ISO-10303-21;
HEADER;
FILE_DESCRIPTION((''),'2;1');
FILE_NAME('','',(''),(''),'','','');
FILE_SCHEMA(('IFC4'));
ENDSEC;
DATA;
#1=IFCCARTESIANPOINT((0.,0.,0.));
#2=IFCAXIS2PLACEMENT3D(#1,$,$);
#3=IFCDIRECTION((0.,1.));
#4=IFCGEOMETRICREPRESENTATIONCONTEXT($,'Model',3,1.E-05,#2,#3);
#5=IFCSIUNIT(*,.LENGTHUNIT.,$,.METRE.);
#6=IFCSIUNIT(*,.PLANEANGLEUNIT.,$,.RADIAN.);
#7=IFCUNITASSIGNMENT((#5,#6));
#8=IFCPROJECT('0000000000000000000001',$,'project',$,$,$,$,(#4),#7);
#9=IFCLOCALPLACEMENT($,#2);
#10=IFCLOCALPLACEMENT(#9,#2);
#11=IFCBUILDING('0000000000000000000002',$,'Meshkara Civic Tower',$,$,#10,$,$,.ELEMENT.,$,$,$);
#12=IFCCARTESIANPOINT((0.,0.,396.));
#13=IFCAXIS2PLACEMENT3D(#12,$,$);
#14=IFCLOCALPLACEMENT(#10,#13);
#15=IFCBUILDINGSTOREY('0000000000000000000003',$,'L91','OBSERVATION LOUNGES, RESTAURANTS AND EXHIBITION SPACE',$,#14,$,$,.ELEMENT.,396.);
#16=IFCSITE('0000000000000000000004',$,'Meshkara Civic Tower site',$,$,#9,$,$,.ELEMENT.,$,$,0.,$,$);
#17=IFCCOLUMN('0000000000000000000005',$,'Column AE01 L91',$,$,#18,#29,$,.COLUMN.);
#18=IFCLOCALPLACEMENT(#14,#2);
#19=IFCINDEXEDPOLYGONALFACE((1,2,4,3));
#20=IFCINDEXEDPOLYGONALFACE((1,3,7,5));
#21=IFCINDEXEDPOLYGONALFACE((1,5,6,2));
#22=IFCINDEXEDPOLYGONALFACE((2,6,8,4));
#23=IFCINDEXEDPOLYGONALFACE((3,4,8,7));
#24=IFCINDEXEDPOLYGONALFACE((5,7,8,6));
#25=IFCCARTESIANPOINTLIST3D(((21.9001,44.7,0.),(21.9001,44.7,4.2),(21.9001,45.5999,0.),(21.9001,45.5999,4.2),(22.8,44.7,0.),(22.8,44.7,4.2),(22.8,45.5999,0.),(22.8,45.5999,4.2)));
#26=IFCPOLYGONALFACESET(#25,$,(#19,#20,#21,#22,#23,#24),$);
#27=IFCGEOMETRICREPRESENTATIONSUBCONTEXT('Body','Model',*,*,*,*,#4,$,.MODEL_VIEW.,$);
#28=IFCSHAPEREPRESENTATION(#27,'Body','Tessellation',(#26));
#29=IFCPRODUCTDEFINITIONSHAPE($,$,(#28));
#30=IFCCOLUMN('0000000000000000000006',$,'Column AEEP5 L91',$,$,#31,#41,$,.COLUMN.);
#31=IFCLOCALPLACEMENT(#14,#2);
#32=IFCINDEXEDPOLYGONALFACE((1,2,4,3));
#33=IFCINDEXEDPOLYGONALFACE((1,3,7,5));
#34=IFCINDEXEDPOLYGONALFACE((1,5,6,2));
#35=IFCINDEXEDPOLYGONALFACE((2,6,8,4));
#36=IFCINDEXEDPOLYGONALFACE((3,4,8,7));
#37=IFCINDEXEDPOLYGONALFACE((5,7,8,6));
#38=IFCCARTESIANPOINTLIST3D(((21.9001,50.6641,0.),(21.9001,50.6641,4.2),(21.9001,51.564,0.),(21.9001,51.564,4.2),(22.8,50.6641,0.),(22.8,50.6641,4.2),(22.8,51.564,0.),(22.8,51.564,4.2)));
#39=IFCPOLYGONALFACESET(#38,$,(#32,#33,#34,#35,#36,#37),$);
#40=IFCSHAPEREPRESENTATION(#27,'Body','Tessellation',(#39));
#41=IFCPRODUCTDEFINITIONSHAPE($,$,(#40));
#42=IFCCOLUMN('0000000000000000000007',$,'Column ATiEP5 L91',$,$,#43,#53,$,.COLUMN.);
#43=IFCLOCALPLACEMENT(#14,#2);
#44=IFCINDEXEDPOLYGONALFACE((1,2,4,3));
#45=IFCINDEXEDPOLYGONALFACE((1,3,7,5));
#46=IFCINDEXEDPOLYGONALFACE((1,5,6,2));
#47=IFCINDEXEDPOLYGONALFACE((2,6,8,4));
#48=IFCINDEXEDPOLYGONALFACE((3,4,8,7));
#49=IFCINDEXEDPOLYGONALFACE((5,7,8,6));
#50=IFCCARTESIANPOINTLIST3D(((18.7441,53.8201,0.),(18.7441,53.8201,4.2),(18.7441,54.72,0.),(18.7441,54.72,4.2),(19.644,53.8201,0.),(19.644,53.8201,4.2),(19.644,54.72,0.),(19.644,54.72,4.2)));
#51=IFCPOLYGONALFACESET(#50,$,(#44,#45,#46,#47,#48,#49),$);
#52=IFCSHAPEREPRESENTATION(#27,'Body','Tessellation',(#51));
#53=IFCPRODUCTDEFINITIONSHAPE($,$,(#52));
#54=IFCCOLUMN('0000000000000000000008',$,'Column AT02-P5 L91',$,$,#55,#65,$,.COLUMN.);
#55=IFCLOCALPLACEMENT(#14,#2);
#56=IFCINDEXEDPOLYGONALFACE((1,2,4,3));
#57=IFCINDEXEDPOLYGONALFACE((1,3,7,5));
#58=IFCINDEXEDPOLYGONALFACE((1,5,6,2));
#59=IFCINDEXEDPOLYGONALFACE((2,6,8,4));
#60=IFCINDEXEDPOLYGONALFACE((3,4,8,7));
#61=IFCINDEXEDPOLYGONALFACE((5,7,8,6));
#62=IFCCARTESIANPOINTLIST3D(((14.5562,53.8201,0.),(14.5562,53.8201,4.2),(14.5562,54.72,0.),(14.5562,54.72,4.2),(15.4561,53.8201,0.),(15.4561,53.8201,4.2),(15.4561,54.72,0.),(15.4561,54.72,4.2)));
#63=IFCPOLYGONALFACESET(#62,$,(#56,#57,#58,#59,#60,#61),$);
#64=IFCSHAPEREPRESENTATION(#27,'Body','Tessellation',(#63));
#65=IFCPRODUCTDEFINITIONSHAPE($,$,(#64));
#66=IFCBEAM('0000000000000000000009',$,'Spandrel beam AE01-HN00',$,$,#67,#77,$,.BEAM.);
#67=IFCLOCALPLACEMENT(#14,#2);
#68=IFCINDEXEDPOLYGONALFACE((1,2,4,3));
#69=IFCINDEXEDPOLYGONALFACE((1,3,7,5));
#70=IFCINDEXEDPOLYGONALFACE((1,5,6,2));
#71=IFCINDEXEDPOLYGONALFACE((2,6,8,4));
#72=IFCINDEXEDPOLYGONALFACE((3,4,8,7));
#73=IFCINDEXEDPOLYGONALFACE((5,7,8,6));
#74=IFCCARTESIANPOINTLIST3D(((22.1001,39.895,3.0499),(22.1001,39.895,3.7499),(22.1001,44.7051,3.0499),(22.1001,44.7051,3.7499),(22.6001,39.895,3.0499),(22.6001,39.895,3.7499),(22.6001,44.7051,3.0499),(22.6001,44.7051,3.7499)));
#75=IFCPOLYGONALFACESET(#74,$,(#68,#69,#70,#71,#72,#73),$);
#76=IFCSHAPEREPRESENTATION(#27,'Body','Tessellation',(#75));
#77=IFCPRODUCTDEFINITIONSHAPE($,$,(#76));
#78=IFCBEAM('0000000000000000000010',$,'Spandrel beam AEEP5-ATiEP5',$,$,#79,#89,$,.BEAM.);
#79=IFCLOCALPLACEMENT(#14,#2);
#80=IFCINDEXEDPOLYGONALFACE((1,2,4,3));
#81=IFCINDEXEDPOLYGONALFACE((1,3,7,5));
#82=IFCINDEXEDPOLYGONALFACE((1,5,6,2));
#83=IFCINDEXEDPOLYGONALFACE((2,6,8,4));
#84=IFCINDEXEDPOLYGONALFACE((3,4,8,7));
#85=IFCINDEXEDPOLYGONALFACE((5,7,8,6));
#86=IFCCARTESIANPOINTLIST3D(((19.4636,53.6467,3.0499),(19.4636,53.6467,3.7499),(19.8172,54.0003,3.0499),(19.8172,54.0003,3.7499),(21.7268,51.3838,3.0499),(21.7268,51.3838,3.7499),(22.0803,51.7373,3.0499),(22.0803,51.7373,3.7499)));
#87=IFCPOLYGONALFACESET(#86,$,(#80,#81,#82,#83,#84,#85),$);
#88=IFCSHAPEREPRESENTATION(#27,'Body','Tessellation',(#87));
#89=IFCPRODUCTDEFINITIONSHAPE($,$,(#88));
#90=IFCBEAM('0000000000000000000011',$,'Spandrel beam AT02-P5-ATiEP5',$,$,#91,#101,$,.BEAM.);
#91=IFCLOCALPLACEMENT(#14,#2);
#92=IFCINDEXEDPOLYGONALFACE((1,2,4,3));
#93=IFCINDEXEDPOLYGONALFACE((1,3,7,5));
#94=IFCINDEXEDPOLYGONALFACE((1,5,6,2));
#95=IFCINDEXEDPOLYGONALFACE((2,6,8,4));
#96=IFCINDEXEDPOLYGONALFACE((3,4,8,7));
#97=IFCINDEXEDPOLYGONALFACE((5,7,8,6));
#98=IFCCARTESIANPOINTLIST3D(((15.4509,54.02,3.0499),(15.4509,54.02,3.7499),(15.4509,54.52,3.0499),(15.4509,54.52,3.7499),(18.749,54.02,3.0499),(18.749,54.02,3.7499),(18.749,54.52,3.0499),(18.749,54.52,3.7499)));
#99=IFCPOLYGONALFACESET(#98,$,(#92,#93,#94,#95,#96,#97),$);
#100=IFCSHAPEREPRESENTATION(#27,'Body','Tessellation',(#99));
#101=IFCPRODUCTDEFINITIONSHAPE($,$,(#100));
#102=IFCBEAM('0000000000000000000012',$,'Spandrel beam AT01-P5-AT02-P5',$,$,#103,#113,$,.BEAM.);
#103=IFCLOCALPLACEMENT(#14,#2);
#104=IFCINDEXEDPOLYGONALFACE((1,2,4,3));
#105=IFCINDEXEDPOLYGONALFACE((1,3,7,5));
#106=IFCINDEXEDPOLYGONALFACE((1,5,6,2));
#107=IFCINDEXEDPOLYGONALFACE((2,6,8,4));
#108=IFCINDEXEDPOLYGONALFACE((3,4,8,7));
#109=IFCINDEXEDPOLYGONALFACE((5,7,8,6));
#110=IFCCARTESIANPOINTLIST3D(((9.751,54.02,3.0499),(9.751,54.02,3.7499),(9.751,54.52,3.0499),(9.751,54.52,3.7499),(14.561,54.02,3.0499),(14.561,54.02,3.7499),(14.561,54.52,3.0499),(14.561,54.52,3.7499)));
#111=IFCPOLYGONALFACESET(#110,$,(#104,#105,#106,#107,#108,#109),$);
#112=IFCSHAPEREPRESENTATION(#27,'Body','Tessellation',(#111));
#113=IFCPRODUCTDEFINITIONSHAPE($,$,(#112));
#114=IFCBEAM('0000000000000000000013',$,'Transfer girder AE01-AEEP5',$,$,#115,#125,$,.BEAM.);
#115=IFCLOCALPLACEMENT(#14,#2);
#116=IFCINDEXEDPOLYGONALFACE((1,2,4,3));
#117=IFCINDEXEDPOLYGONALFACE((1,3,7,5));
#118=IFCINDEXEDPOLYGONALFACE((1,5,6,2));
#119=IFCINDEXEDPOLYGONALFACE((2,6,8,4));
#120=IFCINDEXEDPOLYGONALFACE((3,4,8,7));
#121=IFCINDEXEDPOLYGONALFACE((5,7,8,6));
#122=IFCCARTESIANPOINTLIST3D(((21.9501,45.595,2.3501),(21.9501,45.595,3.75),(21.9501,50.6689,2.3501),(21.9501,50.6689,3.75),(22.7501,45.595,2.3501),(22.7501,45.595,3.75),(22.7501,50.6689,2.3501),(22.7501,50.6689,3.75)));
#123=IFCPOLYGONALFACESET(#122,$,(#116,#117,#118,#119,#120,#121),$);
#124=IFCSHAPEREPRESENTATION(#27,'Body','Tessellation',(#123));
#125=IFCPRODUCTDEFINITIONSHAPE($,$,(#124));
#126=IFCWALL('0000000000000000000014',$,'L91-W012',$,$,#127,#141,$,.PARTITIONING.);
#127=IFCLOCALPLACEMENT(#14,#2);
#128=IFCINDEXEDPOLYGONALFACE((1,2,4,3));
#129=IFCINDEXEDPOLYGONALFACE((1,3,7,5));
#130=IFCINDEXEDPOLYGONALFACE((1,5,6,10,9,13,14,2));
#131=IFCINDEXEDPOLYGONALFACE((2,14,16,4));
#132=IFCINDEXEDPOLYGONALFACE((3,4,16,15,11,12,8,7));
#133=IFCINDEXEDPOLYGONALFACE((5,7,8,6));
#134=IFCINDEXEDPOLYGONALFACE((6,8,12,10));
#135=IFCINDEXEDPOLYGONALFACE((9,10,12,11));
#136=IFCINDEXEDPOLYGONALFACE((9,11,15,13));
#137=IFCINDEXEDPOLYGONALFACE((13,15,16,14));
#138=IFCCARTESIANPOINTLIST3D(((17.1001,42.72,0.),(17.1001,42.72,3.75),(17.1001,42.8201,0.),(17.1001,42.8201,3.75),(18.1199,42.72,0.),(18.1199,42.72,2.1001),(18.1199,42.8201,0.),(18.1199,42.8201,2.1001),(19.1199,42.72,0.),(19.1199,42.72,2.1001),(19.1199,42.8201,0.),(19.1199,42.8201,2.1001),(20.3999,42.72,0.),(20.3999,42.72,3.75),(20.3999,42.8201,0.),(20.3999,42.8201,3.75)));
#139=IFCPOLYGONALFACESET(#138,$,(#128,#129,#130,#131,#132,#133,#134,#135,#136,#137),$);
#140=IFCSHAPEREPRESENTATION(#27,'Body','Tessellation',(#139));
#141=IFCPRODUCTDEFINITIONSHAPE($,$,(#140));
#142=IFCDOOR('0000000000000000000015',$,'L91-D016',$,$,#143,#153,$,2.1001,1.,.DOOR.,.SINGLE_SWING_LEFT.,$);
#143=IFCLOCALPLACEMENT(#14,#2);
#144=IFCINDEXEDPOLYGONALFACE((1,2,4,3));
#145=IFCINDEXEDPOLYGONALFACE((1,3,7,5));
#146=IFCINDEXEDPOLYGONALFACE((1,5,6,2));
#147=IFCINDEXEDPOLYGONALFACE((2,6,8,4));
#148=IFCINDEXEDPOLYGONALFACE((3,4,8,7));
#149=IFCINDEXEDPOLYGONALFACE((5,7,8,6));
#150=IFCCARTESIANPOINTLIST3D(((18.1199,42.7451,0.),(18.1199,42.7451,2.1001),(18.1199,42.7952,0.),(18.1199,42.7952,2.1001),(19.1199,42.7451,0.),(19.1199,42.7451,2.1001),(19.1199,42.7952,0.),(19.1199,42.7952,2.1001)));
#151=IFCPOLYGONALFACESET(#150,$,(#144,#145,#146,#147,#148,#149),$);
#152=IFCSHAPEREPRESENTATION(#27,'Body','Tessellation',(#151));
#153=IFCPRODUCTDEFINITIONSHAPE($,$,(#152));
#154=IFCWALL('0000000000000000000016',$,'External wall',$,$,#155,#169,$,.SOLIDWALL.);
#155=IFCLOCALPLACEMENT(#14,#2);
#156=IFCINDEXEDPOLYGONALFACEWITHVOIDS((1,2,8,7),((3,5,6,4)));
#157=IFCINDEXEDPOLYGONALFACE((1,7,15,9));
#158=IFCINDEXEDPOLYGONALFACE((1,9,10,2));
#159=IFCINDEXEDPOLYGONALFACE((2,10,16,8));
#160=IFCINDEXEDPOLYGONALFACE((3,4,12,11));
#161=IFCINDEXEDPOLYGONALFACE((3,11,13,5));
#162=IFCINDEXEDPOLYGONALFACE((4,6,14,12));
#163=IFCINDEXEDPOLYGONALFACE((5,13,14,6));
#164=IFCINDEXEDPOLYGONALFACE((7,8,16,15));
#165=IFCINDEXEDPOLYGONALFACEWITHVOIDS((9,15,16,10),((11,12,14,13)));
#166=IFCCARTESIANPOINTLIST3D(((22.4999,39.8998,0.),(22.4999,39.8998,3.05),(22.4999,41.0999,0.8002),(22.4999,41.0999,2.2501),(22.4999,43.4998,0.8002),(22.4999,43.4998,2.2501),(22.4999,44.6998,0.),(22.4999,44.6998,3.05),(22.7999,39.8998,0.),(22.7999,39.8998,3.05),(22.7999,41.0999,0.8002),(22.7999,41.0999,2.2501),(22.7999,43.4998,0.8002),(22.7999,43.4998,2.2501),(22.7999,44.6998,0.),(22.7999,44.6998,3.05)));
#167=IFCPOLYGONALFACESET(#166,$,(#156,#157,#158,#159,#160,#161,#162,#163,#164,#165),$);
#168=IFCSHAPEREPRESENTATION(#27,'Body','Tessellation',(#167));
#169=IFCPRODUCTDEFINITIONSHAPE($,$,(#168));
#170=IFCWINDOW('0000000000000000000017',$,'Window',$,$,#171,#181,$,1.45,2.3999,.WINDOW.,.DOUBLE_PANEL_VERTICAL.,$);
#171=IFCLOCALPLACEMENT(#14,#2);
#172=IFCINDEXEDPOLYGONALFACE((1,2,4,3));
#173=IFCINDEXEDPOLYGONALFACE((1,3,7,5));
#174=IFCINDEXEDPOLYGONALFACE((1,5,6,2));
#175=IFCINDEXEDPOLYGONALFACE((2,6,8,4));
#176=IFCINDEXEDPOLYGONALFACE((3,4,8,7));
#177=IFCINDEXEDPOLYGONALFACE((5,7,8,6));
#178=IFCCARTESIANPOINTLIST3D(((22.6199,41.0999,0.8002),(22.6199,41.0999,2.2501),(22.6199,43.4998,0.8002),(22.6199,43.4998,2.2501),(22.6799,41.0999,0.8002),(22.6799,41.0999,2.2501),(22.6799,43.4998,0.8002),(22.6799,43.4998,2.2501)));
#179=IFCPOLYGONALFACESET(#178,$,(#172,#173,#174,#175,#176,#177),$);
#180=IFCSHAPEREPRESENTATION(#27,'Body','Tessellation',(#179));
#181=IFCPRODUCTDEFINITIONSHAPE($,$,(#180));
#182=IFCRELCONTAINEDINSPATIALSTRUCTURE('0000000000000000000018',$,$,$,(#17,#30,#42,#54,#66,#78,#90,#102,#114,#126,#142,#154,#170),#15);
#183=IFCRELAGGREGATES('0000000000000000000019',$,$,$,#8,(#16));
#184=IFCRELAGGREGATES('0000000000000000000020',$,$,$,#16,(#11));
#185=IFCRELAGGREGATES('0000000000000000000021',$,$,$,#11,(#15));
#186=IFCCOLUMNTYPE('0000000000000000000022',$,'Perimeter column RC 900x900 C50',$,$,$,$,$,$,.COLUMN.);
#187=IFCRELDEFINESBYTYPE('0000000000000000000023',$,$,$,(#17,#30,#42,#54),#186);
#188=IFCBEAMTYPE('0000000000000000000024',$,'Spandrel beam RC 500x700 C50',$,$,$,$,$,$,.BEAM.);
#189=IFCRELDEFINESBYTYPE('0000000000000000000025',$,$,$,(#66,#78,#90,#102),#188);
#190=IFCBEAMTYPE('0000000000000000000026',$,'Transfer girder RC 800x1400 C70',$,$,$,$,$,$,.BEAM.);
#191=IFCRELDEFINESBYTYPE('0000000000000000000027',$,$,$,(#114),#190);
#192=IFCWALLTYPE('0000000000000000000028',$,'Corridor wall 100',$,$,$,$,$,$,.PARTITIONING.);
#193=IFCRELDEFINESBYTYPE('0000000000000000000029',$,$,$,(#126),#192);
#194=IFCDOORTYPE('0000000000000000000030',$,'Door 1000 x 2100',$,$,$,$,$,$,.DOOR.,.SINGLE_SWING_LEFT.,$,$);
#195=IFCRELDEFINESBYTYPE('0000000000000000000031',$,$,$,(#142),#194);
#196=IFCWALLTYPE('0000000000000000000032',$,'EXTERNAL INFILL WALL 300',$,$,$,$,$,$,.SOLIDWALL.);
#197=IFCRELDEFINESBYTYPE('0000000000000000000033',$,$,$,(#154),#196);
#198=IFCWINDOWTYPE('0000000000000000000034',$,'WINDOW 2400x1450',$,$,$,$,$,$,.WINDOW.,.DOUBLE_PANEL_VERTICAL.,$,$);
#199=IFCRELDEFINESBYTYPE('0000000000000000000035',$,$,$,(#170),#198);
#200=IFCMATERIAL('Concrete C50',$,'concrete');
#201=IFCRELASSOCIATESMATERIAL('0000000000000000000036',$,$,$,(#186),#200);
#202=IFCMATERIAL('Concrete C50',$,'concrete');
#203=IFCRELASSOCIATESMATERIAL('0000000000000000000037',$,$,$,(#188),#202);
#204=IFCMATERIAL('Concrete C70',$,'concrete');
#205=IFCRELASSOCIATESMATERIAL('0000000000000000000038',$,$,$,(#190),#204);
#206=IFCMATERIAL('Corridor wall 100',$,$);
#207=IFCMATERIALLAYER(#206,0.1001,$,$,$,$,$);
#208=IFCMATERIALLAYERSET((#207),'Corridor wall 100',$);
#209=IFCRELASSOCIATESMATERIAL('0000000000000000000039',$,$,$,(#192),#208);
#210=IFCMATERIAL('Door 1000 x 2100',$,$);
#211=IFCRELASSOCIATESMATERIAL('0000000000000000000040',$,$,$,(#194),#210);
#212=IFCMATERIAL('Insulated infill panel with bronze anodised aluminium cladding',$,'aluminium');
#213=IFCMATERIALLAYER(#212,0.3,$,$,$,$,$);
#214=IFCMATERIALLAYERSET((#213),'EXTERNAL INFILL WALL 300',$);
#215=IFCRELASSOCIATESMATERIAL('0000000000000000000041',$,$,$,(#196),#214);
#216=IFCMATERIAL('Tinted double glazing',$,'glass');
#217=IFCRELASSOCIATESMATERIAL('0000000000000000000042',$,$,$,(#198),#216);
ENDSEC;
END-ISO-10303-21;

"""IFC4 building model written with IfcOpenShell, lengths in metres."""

from ifc_helpers import new_model, si_unit, direction, frame, frame_2d, origin, origin_2d, place, context, subcontext, project, spatial, rectangle, extrude, material, layer, layer_set, material_profile, profile_set, type_object, element, fill, save


model = new_model("IFC4")

# Units and contexts
model_context = context("Model", 3, precision=1e-05, world=origin(), true_north=direction((0.0, 1.0)))
body_context = subcontext(model_context, "Body", "Model", "MODEL_VIEW")
ifc_project = project(units=[si_unit("LENGTHUNIT", "METRE"), si_unit("PLANEANGLEUNIT", "RADIAN")], contexts=[model_context])

# Site, building, storey
site_placement = place(None, origin())
site = spatial("IfcSite", under=ifc_project, at=site_placement, Name="Meshkara Civic Tower site", CompositionType="ELEMENT", RefElevation=0.0)
building_placement = place(site_placement, origin())
building = spatial("IfcBuilding", under=site, at=building_placement, Name="Meshkara Civic Tower", CompositionType="ELEMENT")
storey_placement = place(building_placement, frame((0.0, 0.0, 396.0)))
storey = spatial("IfcBuildingStorey", under=building, at=storey_placement, Name="L91", Description="OBSERVATION LOUNGES, RESTAURANTS AND EXHIBITION SPACE", CompositionType="ELEMENT", Elevation=396.0)

# Columns
ifc_material_1 = material(Name="Concrete C50", Category="concrete")
ifc_material_profile_1 = material_profile(ifc_material_1, rectangle(XDim=0.8999, YDim=0.8999, at=origin_2d()))
ifc_profile_set_1 = profile_set([ifc_material_profile_1], Name="Concrete C50")
column_type = type_object("IfcColumnType", Name="Perimeter column RC 900x900 C50", PredefinedType="COLUMN", material=ifc_profile_set_1)
for number, where, z_axis, x_axis, name in (
    (1, (22.3501, 45.1499, 0.0), (0.0, 0.0, 1.0), (1.0, 0.0, 0.0), "Column AE01 L91"),
    (2, (22.3501, 51.114, 0.0), (0.0, 0.0, 1.0), (1.0, 0.0, 0.0), "Column AEEP5 L91"),
    (3, (19.1941, 54.27, 0.0), (0.0, 0.0, 1.0), (1.0, 0.0, 0.0), "Column ATiEP5 L91"),
    (4, (15.0061, 54.27, 0.0), (0.0, 0.0, 1.0), (1.0, 0.0, 0.0), "Column AT02-P5 L91"),
):
    element("IfcColumn", number, at=place(storey_placement, frame(where, z_axis=z_axis, x_axis=x_axis)), inside=storey, type_object=column_type, Name=name, PredefinedType="COLUMN", context=body_context, shape_type="SweptSolid", body=[
        extrude(rectangle(XDim=0.8999, YDim=0.8999, at=origin_2d()), origin(), (0.0, 0.0, 1.0), 4.2),
    ])

# Beams
ifc_material_2 = material(Name="Concrete C50", Category="concrete")
ifc_material_profile_2 = material_profile(ifc_material_2, rectangle(XDim=0.5, YDim=0.7, at=origin_2d()))
ifc_profile_set_2 = profile_set([ifc_material_profile_2], Name="Concrete C50")
beam_type_1 = type_object("IfcBeamType", Name="Spandrel beam RC 500x700 C50", PredefinedType="BEAM", material=ifc_profile_set_2)
beam_1_placement = place(storey_placement, frame((22.3501, 39.895, 3.3999), z_axis=(0.0, 1.0, 0.0), x_axis=(-1.0, 0.0, 0.0)))
element("IfcBeam", 5, at=beam_1_placement, inside=storey, type_object=beam_type_1, Name="Spandrel beam AE01-HN00", PredefinedType="BEAM", context=body_context, shape_type="SweptSolid", body=[
    extrude(rectangle(XDim=0.5, YDim=0.7, at=origin_2d()), origin(), (0.0, 0.0, 1.0), 4.8101),
])
beam_2_placement = place(storey_placement, frame((21.9036, 51.5605, 3.3999), z_axis=(-0.707145, 0.707069, 0.0), x_axis=(-0.707069, -0.707145, 0.0)))
element("IfcBeam", 6, at=beam_2_placement, inside=storey, type_object=beam_type_1, Name="Spandrel beam AEEP5-ATiEP5", PredefinedType="BEAM", context=body_context, shape_type="SweptSolid", body=[
    extrude(rectangle(XDim=0.5, YDim=0.7, at=origin_2d()), origin(), (0.0, 0.0, 1.0), 3.2004),
])
beam_3_placement = place(storey_placement, frame((18.749, 54.27, 3.3999), z_axis=(-1.0, 0.0, 0.0), x_axis=(0.0, -1.0, 0.0)))
element("IfcBeam", 7, at=beam_3_placement, inside=storey, type_object=beam_type_1, Name="Spandrel beam AT02-P5-ATiEP5", PredefinedType="BEAM", context=body_context, shape_type="SweptSolid", body=[
    extrude(rectangle(XDim=0.5, YDim=0.7, at=origin_2d()), origin(), (0.0, 0.0, 1.0), 3.2981),
])
beam_4_placement = place(storey_placement, frame((14.561, 54.27, 3.3999), z_axis=(-1.0, 0.0, 0.0), x_axis=(0.0, -1.0, 0.0)))
element("IfcBeam", 8, at=beam_4_placement, inside=storey, type_object=beam_type_1, Name="Spandrel beam AT01-P5-AT02-P5", PredefinedType="BEAM", context=body_context, shape_type="SweptSolid", body=[
    extrude(rectangle(XDim=0.5, YDim=0.7, at=origin_2d()), origin(), (0.0, 0.0, 1.0), 4.8101),
])
ifc_material_3 = material(Name="Concrete C70", Category="concrete")
ifc_material_profile_3 = material_profile(ifc_material_3, rectangle(XDim=0.8, YDim=1.3999, at=origin_2d()))
ifc_profile_set_3 = profile_set([ifc_material_profile_3], Name="Concrete C70")
beam_type_2 = type_object("IfcBeamType", Name="Transfer girder RC 800x1400 C70", PredefinedType="BEAM", material=ifc_profile_set_3)
beam_5_placement = place(storey_placement, frame((22.3501, 45.595, 3.05), z_axis=(0.0, 1.0, 0.0), x_axis=(-1.0, 0.0, 0.0)))
element("IfcBeam", 9, at=beam_5_placement, inside=storey, type_object=beam_type_2, Name="Transfer girder AE01-AEEP5", PredefinedType="BEAM", context=body_context, shape_type="SweptSolid", body=[
    extrude(rectangle(XDim=0.8, YDim=1.3999, at=origin_2d()), origin(), (0.0, 0.0, 1.0), 5.074),
])

# Wall, opening, door
ifc_material_4 = material(Name="Corridor wall 100")
ifc_layer_1 = layer(ifc_material_4, 0.1001)
ifc_layer_set_1 = layer_set([ifc_layer_1], Name="Corridor wall 100")
wall_type_1 = type_object("IfcWallType", Name="Corridor wall 100", PredefinedType="PARTITIONING", material=ifc_layer_set_1)
wall_1_placement = place(storey_placement, frame((20.3999, 42.77, 0.0), z_axis=(0.0, 0.0, 1.0), x_axis=(-1.0, 0.0, 0.0)))
wall_1 = element("IfcWall", 10, at=wall_1_placement, inside=storey, type_object=wall_type_1, Name="L91-W012", PredefinedType="PARTITIONING", context=body_context, shape_type="SweptSolid", body=[
    extrude(rectangle(XDim=3.2998, YDim=0.1001, at=frame_2d((1.6499, 0.0))), origin(), (0.0, 0.0, 1.0), 3.75),
])
opening_1_placement = place(wall_1_placement, frame((1.28, 0.0, 0.0)))
opening_1 = element("IfcOpeningElement", 11, at=opening_1_placement, cuts=wall_1, PredefinedType="OPENING", context=body_context, shape_type="SweptSolid", body=[
    extrude(rectangle(XDim=1.0, YDim=2.1001, at=frame_2d((0.5, 1.05))), frame((0.0, 0.0601, 0.0), z_axis=(0.0, -1.0, 0.0), x_axis=(1.0, 0.0, 0.0)), (0.0, 0.0, 1.0), 0.1201),
])
ifc_material_5 = material(Name="Door 1000 x 2100")
door_type = type_object("IfcDoorType", Name="Door 1000 x 2100", OperationType="SINGLE_SWING_LEFT", PredefinedType="DOOR", material=ifc_material_5)
door_placement = place(opening_1_placement, origin())
door = element("IfcDoor", 12, at=door_placement, inside=storey, type_object=door_type, Name="L91-D016", OperationType="SINGLE_SWING_LEFT", OverallHeight=2.1001, OverallWidth=1.0, PredefinedType="DOOR", context=body_context, shape_type="SweptSolid", body=[
    extrude(rectangle(XDim=1.0, YDim=2.1001, at=frame_2d((0.5, 1.05))), frame((0.0, 0.0249, 0.0), z_axis=(0.0, -1.0, 0.0), x_axis=(1.0, 0.0, 0.0)), (0.0, 0.0, 1.0), 0.05),
])
fill(opening_1, door)

# Wall, opening, window
ifc_material_6 = material(Name="Insulated infill panel with bronze anodised aluminium cladding", Category="aluminium")
ifc_layer_2 = layer(ifc_material_6, 0.3)
ifc_layer_set_2 = layer_set([ifc_layer_2], Name="EXTERNAL INFILL WALL 300")
wall_type_2 = type_object("IfcWallType", Name="EXTERNAL INFILL WALL 300", PredefinedType="SOLIDWALL", material=ifc_layer_set_2)
wall_2_placement = place(storey_placement, frame((22.6499, 39.8999, 0.0), z_axis=(0.0, 0.0, 1.0), x_axis=(0.0, 1.0, 0.0)))
wall_2 = element("IfcWall", 13, at=wall_2_placement, inside=storey, type_object=wall_type_2, Name="External wall", PredefinedType="SOLIDWALL", context=body_context, shape_type="SweptSolid", body=[
    extrude(rectangle(XDim=4.8, YDim=0.3, at=frame_2d((2.3999, 0.0))), origin(), (0.0, 0.0, 1.0), 3.05),
])
opening_2_placement = place(wall_2_placement, frame((1.2, 0.0, 0.8)))
opening_2 = element("IfcOpeningElement", 14, at=opening_2_placement, cuts=wall_2, PredefinedType="OPENING", context=body_context, shape_type="SweptSolid", body=[
    extrude(rectangle(XDim=2.3999, YDim=1.45, at=frame_2d((1.2, 0.7251))), frame((0.0, 0.1599, 0.0), z_axis=(0.0, -1.0, 0.0), x_axis=(1.0, 0.0, 0.0)), (0.0, 0.0, 1.0), 0.3201),
])
ifc_material_7 = material(Name="Tinted double glazing", Category="glass")
window_type = type_object("IfcWindowType", Name="WINDOW 2400x1450", PartitioningType="DOUBLE_PANEL_VERTICAL", PredefinedType="WINDOW", material=ifc_material_7)
window_1_placement = place(opening_2_placement, origin())
window_1 = element("IfcWindow", 15, at=window_1_placement, inside=storey, type_object=window_type, Name="Window", OverallHeight=1.45, OverallWidth=2.3999, PartitioningType="DOUBLE_PANEL_VERTICAL", PredefinedType="WINDOW", context=body_context, shape_type="SweptSolid", body=[
    extrude(rectangle(XDim=2.3999, YDim=1.45, at=frame_2d((1.2, 0.7251))), frame((0.0, 0.03, 0.0), z_axis=(0.0, -1.0, 0.0), x_axis=(1.0, 0.0, 0.0)), (0.0, 0.0, 1.0), 0.0601),
])
fill(opening_2, window_1)

save(model, "model.ifc")
